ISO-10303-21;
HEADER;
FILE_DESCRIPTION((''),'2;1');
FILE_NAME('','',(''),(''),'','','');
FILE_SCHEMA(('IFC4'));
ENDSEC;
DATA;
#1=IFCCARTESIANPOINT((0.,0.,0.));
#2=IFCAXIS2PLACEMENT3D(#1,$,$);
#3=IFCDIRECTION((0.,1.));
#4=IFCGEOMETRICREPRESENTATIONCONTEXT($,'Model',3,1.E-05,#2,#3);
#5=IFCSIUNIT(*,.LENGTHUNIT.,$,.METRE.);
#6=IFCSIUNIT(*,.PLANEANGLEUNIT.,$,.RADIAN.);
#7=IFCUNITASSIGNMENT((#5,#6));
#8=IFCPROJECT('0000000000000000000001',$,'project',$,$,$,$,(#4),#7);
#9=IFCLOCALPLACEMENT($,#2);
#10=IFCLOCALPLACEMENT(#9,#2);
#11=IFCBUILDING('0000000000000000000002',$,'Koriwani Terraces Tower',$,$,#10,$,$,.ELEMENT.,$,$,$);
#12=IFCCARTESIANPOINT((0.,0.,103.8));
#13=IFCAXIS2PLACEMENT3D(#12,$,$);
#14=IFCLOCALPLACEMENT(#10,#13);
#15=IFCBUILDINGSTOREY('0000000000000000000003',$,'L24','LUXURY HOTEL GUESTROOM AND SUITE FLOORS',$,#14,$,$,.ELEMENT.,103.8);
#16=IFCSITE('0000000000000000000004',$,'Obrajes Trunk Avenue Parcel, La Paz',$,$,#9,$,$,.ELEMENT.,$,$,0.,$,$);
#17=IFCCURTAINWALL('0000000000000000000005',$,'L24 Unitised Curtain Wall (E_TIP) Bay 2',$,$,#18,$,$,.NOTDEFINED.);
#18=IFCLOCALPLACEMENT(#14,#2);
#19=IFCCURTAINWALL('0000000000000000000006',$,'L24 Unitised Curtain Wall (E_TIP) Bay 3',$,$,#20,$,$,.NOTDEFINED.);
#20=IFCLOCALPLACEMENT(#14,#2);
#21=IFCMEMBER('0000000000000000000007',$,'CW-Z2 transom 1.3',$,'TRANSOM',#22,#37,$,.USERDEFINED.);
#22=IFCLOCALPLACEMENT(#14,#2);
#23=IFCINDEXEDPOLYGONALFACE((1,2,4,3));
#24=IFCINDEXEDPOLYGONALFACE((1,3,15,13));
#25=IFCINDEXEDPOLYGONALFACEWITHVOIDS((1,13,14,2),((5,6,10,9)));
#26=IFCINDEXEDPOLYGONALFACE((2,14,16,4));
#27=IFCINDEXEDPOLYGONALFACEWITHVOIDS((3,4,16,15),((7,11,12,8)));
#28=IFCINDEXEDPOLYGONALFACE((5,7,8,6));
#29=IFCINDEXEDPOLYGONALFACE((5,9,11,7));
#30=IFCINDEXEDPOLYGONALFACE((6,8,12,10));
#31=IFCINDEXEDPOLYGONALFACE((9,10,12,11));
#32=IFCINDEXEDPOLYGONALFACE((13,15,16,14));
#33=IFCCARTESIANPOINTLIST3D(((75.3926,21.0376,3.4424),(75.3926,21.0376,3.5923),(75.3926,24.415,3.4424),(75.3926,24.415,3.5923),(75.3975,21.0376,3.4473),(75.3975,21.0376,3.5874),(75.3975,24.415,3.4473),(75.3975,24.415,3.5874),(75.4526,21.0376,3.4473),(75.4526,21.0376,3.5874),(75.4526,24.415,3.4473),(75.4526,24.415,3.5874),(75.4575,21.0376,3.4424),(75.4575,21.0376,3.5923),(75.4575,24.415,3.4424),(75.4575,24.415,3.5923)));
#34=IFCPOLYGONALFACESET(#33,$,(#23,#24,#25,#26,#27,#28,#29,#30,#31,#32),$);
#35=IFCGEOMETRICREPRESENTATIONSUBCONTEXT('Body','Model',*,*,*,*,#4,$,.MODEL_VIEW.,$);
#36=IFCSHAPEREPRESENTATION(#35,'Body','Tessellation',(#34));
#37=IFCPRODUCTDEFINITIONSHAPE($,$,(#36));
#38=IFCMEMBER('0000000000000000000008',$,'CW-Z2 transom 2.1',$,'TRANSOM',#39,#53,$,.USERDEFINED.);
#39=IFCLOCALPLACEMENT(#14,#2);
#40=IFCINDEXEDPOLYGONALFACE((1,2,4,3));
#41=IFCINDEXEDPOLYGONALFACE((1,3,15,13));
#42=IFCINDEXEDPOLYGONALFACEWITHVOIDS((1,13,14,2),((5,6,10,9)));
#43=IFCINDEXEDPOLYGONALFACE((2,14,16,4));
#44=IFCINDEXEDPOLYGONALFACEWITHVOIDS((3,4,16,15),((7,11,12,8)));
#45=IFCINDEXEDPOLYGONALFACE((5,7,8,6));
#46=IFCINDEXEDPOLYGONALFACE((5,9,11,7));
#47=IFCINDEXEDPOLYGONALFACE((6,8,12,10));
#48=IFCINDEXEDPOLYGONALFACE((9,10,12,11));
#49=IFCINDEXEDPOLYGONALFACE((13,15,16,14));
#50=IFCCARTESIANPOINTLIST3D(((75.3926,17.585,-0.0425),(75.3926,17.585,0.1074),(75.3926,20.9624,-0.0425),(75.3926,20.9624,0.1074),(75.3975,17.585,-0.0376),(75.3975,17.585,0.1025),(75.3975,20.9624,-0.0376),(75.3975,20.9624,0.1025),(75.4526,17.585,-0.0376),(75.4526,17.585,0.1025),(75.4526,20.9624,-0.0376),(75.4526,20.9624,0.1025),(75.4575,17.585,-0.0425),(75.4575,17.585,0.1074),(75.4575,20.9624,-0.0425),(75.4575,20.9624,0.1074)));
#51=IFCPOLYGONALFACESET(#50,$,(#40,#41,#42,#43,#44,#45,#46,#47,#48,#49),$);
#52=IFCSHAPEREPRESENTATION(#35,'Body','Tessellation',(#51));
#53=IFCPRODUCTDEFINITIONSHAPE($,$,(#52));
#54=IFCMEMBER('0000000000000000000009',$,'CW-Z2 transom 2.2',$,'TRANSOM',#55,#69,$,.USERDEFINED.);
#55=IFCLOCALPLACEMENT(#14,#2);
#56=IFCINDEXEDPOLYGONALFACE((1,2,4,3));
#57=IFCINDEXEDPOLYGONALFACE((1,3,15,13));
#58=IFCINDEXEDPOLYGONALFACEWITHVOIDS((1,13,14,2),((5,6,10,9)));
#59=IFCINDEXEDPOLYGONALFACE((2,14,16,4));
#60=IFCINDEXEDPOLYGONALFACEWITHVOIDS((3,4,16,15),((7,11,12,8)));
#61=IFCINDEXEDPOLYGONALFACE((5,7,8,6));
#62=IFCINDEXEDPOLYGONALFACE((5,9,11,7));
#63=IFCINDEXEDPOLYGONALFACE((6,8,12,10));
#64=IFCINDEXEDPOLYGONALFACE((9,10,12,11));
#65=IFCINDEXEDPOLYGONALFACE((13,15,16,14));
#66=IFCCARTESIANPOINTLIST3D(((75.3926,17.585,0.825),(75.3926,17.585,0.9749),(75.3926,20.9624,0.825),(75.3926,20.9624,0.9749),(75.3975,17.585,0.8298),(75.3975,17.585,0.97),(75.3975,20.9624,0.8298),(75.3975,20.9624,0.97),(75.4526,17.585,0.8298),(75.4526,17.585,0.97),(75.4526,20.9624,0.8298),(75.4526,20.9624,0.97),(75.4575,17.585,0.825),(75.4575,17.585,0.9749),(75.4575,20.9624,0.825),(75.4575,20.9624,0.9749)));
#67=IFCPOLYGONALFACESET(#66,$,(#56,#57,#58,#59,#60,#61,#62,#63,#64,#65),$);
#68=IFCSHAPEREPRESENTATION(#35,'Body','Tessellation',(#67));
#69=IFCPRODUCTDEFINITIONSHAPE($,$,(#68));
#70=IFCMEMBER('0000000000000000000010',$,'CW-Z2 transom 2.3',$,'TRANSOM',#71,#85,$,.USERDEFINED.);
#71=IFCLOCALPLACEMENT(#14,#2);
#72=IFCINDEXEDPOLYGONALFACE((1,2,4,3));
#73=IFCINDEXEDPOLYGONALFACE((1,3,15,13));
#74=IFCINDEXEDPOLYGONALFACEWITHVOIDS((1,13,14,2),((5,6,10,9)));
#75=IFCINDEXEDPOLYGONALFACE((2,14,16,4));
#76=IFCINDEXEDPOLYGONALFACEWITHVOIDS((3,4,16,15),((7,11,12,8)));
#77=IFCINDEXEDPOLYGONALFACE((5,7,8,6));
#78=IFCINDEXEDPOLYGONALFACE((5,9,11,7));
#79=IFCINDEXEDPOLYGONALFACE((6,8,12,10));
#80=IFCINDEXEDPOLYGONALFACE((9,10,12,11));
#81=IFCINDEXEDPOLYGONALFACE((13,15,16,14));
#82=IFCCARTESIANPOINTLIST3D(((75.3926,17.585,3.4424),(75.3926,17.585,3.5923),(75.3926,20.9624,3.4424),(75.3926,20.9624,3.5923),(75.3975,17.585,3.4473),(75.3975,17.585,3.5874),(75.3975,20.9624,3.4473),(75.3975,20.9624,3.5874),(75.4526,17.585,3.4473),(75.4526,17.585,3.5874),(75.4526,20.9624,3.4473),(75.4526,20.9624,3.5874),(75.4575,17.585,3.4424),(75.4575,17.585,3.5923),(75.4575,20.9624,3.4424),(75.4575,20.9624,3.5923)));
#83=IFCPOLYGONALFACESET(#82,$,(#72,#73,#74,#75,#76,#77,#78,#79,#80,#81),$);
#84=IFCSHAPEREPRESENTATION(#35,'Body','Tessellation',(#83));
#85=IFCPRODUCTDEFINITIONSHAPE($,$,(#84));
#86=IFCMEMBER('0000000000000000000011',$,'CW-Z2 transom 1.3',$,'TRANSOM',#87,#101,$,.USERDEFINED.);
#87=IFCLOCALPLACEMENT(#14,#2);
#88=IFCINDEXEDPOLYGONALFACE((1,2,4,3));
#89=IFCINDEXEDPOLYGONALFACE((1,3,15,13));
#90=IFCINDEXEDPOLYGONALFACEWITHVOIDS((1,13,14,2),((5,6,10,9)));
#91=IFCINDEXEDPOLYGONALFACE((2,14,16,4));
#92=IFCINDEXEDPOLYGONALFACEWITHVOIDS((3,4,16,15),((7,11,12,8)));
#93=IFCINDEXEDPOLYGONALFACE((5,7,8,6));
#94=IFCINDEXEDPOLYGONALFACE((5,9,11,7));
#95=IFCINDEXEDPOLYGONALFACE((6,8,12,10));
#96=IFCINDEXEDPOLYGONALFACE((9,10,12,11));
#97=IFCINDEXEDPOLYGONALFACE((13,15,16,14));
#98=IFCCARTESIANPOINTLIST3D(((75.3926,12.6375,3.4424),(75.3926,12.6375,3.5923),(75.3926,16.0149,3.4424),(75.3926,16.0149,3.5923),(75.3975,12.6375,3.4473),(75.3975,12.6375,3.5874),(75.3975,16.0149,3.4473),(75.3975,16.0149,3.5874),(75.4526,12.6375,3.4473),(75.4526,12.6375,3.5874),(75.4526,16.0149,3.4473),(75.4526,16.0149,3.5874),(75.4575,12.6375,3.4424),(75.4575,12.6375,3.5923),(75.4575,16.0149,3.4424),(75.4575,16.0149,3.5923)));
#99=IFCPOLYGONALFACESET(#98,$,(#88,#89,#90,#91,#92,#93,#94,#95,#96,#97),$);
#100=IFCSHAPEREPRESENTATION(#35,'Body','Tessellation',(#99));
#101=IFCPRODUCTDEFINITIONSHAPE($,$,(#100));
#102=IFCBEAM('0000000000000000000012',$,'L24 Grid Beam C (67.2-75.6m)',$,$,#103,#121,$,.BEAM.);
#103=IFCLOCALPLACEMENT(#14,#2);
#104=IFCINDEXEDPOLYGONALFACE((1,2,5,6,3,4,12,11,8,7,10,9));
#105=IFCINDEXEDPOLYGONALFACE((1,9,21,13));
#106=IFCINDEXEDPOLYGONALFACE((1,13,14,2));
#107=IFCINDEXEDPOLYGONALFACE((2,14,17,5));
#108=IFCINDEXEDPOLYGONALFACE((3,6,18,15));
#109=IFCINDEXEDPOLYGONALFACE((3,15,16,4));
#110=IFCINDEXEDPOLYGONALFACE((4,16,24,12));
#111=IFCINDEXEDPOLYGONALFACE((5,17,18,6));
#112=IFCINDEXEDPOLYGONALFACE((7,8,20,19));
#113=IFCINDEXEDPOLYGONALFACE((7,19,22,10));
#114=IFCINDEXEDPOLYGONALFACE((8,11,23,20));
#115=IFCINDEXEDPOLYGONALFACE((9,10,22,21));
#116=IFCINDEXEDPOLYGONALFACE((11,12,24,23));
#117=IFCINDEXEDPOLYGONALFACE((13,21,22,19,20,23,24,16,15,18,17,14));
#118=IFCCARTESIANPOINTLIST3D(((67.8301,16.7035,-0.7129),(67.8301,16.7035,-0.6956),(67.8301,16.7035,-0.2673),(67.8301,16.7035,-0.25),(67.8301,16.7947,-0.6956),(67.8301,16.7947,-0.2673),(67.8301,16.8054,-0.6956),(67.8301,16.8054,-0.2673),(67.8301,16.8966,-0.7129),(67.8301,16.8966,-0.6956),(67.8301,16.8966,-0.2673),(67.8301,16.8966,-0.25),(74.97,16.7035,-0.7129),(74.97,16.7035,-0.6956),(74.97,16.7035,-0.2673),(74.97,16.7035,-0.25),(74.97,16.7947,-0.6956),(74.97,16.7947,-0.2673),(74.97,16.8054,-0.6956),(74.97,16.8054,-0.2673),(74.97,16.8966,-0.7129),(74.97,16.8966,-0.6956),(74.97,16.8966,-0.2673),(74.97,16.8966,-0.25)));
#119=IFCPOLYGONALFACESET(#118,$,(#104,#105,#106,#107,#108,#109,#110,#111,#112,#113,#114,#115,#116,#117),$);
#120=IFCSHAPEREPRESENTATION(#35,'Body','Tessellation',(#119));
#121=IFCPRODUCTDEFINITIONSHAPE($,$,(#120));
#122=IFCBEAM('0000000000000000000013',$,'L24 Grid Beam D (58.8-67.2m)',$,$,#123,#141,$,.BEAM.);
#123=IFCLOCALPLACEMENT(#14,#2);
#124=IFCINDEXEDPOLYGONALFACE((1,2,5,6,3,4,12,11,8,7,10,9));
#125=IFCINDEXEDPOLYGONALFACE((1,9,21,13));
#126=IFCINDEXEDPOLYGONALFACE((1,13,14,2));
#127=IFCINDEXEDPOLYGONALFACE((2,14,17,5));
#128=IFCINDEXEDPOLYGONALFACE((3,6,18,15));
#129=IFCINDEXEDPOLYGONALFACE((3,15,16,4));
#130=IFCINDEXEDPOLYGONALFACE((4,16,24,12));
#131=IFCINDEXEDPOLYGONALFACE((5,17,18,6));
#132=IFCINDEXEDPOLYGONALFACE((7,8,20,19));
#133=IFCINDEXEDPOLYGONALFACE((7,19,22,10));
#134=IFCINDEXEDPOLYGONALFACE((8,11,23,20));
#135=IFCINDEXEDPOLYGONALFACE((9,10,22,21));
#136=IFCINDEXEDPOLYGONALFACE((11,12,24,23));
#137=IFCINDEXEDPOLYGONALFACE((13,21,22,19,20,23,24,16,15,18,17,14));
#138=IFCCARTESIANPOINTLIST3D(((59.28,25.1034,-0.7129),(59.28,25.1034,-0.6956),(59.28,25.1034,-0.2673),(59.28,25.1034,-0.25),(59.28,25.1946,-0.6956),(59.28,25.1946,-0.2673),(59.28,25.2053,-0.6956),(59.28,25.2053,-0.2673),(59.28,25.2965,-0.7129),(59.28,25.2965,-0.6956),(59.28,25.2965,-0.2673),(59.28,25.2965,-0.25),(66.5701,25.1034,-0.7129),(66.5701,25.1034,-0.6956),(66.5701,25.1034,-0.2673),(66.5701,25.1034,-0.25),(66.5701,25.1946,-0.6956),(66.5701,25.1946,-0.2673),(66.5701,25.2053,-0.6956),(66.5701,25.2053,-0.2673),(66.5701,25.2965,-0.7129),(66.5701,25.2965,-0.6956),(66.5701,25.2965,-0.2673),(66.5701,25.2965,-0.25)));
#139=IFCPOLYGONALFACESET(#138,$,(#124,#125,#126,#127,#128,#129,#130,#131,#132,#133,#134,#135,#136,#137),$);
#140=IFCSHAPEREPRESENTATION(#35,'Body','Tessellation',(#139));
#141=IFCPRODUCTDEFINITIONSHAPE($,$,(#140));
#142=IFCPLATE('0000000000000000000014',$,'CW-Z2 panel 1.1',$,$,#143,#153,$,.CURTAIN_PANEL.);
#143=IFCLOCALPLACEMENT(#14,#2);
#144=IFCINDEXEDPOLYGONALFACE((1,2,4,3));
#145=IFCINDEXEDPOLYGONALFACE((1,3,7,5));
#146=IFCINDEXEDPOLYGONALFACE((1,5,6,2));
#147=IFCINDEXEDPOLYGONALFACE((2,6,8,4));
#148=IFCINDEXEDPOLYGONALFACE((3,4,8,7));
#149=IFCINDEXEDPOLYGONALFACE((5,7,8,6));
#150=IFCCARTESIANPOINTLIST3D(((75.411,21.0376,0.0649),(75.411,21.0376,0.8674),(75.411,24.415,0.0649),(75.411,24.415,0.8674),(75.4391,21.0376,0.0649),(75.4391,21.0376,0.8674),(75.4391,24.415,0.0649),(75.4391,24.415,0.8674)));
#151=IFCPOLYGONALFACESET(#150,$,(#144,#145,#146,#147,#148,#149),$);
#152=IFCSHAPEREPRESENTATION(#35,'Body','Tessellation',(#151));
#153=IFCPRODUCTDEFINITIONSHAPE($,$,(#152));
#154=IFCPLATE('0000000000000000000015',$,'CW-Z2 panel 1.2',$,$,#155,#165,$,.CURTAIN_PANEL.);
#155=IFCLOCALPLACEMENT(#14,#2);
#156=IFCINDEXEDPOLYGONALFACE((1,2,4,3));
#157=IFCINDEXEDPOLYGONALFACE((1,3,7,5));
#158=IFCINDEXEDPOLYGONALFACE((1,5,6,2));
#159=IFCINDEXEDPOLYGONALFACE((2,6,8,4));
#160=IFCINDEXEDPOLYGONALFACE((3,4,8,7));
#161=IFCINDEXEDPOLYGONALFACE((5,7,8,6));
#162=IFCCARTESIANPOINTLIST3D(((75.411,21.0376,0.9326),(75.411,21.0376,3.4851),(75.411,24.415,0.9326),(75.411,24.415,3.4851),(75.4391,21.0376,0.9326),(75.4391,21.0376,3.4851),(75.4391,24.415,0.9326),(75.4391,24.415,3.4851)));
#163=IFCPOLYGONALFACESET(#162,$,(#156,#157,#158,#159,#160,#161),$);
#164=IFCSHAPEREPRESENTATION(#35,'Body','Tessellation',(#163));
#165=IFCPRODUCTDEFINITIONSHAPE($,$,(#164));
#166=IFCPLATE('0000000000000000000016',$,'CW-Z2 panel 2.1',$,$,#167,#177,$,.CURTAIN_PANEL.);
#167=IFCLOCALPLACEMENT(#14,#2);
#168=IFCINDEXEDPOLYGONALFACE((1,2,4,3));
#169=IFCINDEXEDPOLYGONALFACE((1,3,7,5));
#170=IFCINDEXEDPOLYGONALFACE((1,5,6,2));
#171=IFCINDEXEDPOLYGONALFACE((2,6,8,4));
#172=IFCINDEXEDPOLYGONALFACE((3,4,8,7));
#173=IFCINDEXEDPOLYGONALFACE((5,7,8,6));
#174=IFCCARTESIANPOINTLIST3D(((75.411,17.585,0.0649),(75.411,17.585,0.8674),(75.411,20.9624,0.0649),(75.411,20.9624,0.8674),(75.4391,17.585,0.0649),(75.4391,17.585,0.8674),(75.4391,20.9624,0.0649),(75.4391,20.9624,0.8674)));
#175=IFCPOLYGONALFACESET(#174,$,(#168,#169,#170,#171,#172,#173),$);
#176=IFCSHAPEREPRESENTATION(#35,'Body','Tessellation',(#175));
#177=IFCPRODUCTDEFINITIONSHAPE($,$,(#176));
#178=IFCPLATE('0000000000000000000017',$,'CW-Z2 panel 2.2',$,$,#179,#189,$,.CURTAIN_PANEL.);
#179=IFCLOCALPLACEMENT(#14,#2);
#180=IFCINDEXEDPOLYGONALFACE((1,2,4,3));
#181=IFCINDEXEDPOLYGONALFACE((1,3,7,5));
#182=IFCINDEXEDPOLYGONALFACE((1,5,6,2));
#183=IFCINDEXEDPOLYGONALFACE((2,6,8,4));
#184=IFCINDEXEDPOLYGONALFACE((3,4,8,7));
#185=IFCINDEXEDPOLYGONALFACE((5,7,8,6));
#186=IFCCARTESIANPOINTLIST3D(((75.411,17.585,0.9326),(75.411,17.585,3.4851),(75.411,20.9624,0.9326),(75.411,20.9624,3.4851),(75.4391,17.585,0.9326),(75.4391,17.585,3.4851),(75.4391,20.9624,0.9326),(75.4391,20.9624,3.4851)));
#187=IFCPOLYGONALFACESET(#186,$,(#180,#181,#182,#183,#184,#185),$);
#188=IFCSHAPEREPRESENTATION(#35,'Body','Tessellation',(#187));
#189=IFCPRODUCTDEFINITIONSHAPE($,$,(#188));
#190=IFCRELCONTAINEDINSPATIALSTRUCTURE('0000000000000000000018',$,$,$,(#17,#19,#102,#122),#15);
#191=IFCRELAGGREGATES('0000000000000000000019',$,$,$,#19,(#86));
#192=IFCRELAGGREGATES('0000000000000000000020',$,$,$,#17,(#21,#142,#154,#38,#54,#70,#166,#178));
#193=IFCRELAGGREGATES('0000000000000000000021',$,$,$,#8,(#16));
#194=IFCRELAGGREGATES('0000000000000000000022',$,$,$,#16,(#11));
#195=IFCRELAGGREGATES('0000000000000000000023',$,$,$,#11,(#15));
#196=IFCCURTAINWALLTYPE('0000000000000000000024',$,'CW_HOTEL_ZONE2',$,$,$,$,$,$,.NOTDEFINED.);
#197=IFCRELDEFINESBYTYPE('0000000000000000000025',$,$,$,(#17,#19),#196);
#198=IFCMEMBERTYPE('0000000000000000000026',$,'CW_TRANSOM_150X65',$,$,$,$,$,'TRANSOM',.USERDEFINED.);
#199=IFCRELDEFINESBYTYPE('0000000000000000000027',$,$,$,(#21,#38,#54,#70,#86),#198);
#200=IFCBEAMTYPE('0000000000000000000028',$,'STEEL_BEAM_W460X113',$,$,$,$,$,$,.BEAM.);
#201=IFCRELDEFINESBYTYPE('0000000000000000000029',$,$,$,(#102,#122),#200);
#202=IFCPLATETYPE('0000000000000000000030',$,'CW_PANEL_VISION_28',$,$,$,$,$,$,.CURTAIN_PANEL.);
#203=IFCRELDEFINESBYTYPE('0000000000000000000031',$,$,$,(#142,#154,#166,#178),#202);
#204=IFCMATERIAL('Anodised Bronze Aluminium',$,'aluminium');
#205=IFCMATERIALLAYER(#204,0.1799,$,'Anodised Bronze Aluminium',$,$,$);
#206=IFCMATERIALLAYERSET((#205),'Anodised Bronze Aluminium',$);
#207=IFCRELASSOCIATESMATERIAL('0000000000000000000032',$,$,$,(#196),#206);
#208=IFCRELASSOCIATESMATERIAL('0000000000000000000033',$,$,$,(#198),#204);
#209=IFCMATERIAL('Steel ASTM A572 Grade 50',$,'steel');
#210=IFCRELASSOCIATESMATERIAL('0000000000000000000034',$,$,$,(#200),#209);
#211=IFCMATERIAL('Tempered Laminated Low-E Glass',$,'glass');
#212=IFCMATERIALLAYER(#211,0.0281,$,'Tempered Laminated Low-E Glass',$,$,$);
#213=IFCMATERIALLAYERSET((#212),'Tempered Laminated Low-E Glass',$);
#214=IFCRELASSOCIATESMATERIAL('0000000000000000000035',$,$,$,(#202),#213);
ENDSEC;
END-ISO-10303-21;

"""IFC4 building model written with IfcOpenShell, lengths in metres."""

from ifc_helpers import new_model, si_unit, direction, frame, origin, origin_2d, place, context, subcontext, project, spatial, rectangle, hollow_rectangle, i_section, extrude, material, layer, layer_set, material_profile, profile_set, type_object, element, aggregate, save


model = new_model("IFC4")

# Units and contexts
model_context = context("Model", 3, precision=1e-05, world=origin(), true_north=direction((0.0, 1.0)))
body_context = subcontext(model_context, "Body", "Model", "MODEL_VIEW")
ifc_project = project(units=[si_unit("LENGTHUNIT", "METRE"), si_unit("PLANEANGLEUNIT", "RADIAN")], contexts=[model_context])

# Site, building, storey
site_placement = place(None, origin())
site = spatial("IfcSite", under=ifc_project, at=site_placement, Name="Obrajes Trunk Avenue Parcel, La Paz", CompositionType="ELEMENT", RefElevation=0.0)
building_placement = place(site_placement, origin())
building = spatial("IfcBuilding", under=site, at=building_placement, Name="Koriwani Terraces Tower", CompositionType="ELEMENT")
storey_placement = place(building_placement, frame((0.0, 0.0, 103.8)))
storey = spatial("IfcBuildingStorey", under=building, at=storey_placement, Name="L24", Description="LUXURY HOTEL GUESTROOM AND SUITE FLOORS", CompositionType="ELEMENT", Elevation=103.8)

# Curtain wall
ifc_material_1 = material(Name="Anodised Bronze Aluminium", Category="aluminium")
ifc_layer_1 = layer(ifc_material_1, 0.1799, Name="Anodised Bronze Aluminium")
ifc_layer_set_1 = layer_set([ifc_layer_1], Name="Anodised Bronze Aluminium")
curtain_wall_type = type_object("IfcCurtainWallType", Name="CW_HOTEL_ZONE2", PredefinedType="NOTDEFINED", material=ifc_layer_set_1)
curtain_wall_1_placement = place(storey_placement, origin())
curtain_wall_1 = element("IfcCurtainWall", 1, at=curtain_wall_1_placement, inside=storey, type_object=curtain_wall_type, Name="L24 Unitised Curtain Wall (E_TIP) Bay 2", PredefinedType="NOTDEFINED")

# Curtain wall
curtain_wall_2_placement = place(storey_placement, origin())
curtain_wall_2 = element("IfcCurtainWall", 2, at=curtain_wall_2_placement, inside=storey, type_object=curtain_wall_type, Name="L24 Unitised Curtain Wall (E_TIP) Bay 3", PredefinedType="NOTDEFINED")

# Members
ifc_material_profile_1 = material_profile(ifc_material_1, hollow_rectangle(XDim=0.0649, YDim=0.1499, WallThickness=0.0049, at=origin_2d()), Name="Anodised Bronze Aluminium", Category="LoadBearing")
ifc_profile_set_1 = profile_set([ifc_material_profile_1], Name="Anodised Bronze Aluminium")
member_type_1 = type_object("IfcMemberType", Name="CW_TRANSOM_150X65", ElementType="TRANSOM", PredefinedType="USERDEFINED", material=ifc_profile_set_1)
member_1_placement = place(storey_placement, frame((75.425, 24.415, 3.5173), z_axis=(0.0, -1.0, 0.0), x_axis=(1.0, 0.0, 0.0)))
member_1 = element("IfcMember", 3, at=member_1_placement, type_object=member_type_1, Name="CW-Z2 transom 1.3", ObjectType="TRANSOM", PredefinedType="USERDEFINED", context=body_context, shape_type="SweptSolid", body=[
    extrude(hollow_rectangle(XDim=0.0649, YDim=0.1499, WallThickness=0.0049, at=origin_2d()), origin(), (0.0, 0.0, 1.0), 3.3774),
])
member_2_placement = place(storey_placement, frame((75.425, 20.9624, 0.0325), z_axis=(0.0, -1.0, 0.0), x_axis=(1.0, 0.0, 0.0)))
member_2 = element("IfcMember", 4, at=member_2_placement, type_object=member_type_1, Name="CW-Z2 transom 2.1", ObjectType="TRANSOM", PredefinedType="USERDEFINED", context=body_context, shape_type="SweptSolid", body=[
    extrude(hollow_rectangle(XDim=0.0649, YDim=0.1499, WallThickness=0.0049, at=origin_2d()), origin(), (0.0, 0.0, 1.0), 3.3774),
])
member_3_placement = place(storey_placement, frame((75.425, 20.9624, 0.8999), z_axis=(0.0, -1.0, 0.0), x_axis=(1.0, 0.0, 0.0)))
member_3 = element("IfcMember", 5, at=member_3_placement, type_object=member_type_1, Name="CW-Z2 transom 2.2", ObjectType="TRANSOM", PredefinedType="USERDEFINED", context=body_context, shape_type="SweptSolid", body=[
    extrude(hollow_rectangle(XDim=0.0649, YDim=0.1499, WallThickness=0.0049, at=origin_2d()), origin(), (0.0, 0.0, 1.0), 3.3774),
])
member_4_placement = place(storey_placement, frame((75.425, 20.9624, 3.5173), z_axis=(0.0, -1.0, 0.0), x_axis=(1.0, 0.0, 0.0)))
member_4 = element("IfcMember", 6, at=member_4_placement, type_object=member_type_1, Name="CW-Z2 transom 2.3", ObjectType="TRANSOM", PredefinedType="USERDEFINED", context=body_context, shape_type="SweptSolid", body=[
    extrude(hollow_rectangle(XDim=0.0649, YDim=0.1499, WallThickness=0.0049, at=origin_2d()), origin(), (0.0, 0.0, 1.0), 3.3774),
])
member_5_placement = place(storey_placement, frame((75.425, 16.0149, 3.5173), z_axis=(0.0, -1.0, 0.0), x_axis=(1.0, 0.0, 0.0)))
member_5 = element("IfcMember", 7, at=member_5_placement, type_object=member_type_1, Name="CW-Z2 transom 1.3", ObjectType="TRANSOM", PredefinedType="USERDEFINED", context=body_context, shape_type="SweptSolid", body=[
    extrude(hollow_rectangle(XDim=0.0649, YDim=0.1499, WallThickness=0.0049, at=origin_2d()), origin(), (0.0, 0.0, 1.0), 3.3774),
])
aggregate(curtain_wall_2, [member_5])

# Beams
ifc_material_2 = material(Name="Steel ASTM A572 Grade 50", Category="steel")
ifc_material_profile_2 = material_profile(ifc_material_2, i_section(OverallWidth=0.1931, OverallDepth=0.4629, WebThickness=0.0107, FlangeThickness=0.0173, at=origin_2d()), Name="Steel ASTM A572 Grade 50", Category="LoadBearing")
ifc_profile_set_2 = profile_set([ifc_material_profile_2], Name="Steel ASTM A572 Grade 50")
beam_type_1 = type_object("IfcBeamType", Name="STEEL_BEAM_W460X113", PredefinedType="BEAM", material=ifc_profile_set_2)
beam_1_placement = place(storey_placement, frame((67.8301, 16.8, -0.4814), z_axis=(1.0, 0.0, 0.0), x_axis=(0.0, 1.0, 0.0)))
element("IfcBeam", 8, at=beam_1_placement, inside=storey, type_object=beam_type_1, Name="L24 Grid Beam C (67.2-75.6m)", PredefinedType="BEAM", context=body_context, shape_type="SweptSolid", body=[
    extrude(i_section(OverallWidth=0.1931, OverallDepth=0.4629, WebThickness=0.0107, FlangeThickness=0.0173, at=origin_2d()), origin(), (0.0, 0.0, 1.0), 7.1399),
])
beam_2_placement = place(storey_placement, frame((59.28, 25.2, -0.4814), z_axis=(1.0, 0.0, 0.0), x_axis=(0.0, 1.0, 0.0)))
element("IfcBeam", 9, at=beam_2_placement, inside=storey, type_object=beam_type_1, Name="L24 Grid Beam D (58.8-67.2m)", PredefinedType="BEAM", context=body_context, shape_type="SweptSolid", body=[
    extrude(i_section(OverallWidth=0.1931, OverallDepth=0.4629, WebThickness=0.0107, FlangeThickness=0.0173, at=origin_2d()), origin(), (0.0, 0.0, 1.0), 7.29),
])

# Plates
ifc_material_3 = material(Name="Tempered Laminated Low-E Glass", Category="glass")
ifc_layer_2 = layer(ifc_material_3, 0.0281, Name="Tempered Laminated Low-E Glass")
ifc_layer_set_2 = layer_set([ifc_layer_2], Name="Tempered Laminated Low-E Glass")
plate_type = type_object("IfcPlateType", Name="CW_PANEL_VISION_28", PredefinedType="CURTAIN_PANEL", material=ifc_layer_set_2)
plate_1_placement = place(storey_placement, frame((75.425, 22.7263, 0.0649), z_axis=(0.0, 0.0, 1.0), x_axis=(0.0, -1.0, 0.0)))
plate_1 = element("IfcPlate", 10, at=plate_1_placement, type_object=plate_type, Name="CW-Z2 panel 1.1", PredefinedType="CURTAIN_PANEL", context=body_context, shape_type="SweptSolid", body=[
    extrude(rectangle(XDim=3.3774, YDim=0.0281, at=origin_2d()), origin(), (0.0, 0.0, 1.0), 0.8025),
])
plate_2_placement = place(storey_placement, frame((75.425, 22.7263, 0.9326), z_axis=(0.0, 0.0, 1.0), x_axis=(0.0, -1.0, 0.0)))
plate_2 = element("IfcPlate", 11, at=plate_2_placement, type_object=plate_type, Name="CW-Z2 panel 1.2", PredefinedType="CURTAIN_PANEL", context=body_context, shape_type="SweptSolid", body=[
    extrude(rectangle(XDim=3.3774, YDim=0.0281, at=origin_2d()), origin(), (0.0, 0.0, 1.0), 2.5525),
])
plate_3_placement = place(storey_placement, frame((75.425, 19.2737, 0.0649), z_axis=(0.0, 0.0, 1.0), x_axis=(0.0, -1.0, 0.0)))
plate_3 = element("IfcPlate", 12, at=plate_3_placement, type_object=plate_type, Name="CW-Z2 panel 2.1", PredefinedType="CURTAIN_PANEL", context=body_context, shape_type="SweptSolid", body=[
    extrude(rectangle(XDim=3.3774, YDim=0.0281, at=origin_2d()), origin(), (0.0, 0.0, 1.0), 0.8025),
])
plate_4_placement = place(storey_placement, frame((75.425, 19.2737, 0.9326), z_axis=(0.0, 0.0, 1.0), x_axis=(0.0, -1.0, 0.0)))
plate_4 = element("IfcPlate", 13, at=plate_4_placement, type_object=plate_type, Name="CW-Z2 panel 2.2", PredefinedType="CURTAIN_PANEL", context=body_context, shape_type="SweptSolid", body=[
    extrude(rectangle(XDim=3.3774, YDim=0.0281, at=origin_2d()), origin(), (0.0, 0.0, 1.0), 2.5525),
])
aggregate(curtain_wall_1, [member_1, plate_1, plate_2, member_2, member_3, member_4, plate_3, plate_4])

save(model, "model.ifc")
